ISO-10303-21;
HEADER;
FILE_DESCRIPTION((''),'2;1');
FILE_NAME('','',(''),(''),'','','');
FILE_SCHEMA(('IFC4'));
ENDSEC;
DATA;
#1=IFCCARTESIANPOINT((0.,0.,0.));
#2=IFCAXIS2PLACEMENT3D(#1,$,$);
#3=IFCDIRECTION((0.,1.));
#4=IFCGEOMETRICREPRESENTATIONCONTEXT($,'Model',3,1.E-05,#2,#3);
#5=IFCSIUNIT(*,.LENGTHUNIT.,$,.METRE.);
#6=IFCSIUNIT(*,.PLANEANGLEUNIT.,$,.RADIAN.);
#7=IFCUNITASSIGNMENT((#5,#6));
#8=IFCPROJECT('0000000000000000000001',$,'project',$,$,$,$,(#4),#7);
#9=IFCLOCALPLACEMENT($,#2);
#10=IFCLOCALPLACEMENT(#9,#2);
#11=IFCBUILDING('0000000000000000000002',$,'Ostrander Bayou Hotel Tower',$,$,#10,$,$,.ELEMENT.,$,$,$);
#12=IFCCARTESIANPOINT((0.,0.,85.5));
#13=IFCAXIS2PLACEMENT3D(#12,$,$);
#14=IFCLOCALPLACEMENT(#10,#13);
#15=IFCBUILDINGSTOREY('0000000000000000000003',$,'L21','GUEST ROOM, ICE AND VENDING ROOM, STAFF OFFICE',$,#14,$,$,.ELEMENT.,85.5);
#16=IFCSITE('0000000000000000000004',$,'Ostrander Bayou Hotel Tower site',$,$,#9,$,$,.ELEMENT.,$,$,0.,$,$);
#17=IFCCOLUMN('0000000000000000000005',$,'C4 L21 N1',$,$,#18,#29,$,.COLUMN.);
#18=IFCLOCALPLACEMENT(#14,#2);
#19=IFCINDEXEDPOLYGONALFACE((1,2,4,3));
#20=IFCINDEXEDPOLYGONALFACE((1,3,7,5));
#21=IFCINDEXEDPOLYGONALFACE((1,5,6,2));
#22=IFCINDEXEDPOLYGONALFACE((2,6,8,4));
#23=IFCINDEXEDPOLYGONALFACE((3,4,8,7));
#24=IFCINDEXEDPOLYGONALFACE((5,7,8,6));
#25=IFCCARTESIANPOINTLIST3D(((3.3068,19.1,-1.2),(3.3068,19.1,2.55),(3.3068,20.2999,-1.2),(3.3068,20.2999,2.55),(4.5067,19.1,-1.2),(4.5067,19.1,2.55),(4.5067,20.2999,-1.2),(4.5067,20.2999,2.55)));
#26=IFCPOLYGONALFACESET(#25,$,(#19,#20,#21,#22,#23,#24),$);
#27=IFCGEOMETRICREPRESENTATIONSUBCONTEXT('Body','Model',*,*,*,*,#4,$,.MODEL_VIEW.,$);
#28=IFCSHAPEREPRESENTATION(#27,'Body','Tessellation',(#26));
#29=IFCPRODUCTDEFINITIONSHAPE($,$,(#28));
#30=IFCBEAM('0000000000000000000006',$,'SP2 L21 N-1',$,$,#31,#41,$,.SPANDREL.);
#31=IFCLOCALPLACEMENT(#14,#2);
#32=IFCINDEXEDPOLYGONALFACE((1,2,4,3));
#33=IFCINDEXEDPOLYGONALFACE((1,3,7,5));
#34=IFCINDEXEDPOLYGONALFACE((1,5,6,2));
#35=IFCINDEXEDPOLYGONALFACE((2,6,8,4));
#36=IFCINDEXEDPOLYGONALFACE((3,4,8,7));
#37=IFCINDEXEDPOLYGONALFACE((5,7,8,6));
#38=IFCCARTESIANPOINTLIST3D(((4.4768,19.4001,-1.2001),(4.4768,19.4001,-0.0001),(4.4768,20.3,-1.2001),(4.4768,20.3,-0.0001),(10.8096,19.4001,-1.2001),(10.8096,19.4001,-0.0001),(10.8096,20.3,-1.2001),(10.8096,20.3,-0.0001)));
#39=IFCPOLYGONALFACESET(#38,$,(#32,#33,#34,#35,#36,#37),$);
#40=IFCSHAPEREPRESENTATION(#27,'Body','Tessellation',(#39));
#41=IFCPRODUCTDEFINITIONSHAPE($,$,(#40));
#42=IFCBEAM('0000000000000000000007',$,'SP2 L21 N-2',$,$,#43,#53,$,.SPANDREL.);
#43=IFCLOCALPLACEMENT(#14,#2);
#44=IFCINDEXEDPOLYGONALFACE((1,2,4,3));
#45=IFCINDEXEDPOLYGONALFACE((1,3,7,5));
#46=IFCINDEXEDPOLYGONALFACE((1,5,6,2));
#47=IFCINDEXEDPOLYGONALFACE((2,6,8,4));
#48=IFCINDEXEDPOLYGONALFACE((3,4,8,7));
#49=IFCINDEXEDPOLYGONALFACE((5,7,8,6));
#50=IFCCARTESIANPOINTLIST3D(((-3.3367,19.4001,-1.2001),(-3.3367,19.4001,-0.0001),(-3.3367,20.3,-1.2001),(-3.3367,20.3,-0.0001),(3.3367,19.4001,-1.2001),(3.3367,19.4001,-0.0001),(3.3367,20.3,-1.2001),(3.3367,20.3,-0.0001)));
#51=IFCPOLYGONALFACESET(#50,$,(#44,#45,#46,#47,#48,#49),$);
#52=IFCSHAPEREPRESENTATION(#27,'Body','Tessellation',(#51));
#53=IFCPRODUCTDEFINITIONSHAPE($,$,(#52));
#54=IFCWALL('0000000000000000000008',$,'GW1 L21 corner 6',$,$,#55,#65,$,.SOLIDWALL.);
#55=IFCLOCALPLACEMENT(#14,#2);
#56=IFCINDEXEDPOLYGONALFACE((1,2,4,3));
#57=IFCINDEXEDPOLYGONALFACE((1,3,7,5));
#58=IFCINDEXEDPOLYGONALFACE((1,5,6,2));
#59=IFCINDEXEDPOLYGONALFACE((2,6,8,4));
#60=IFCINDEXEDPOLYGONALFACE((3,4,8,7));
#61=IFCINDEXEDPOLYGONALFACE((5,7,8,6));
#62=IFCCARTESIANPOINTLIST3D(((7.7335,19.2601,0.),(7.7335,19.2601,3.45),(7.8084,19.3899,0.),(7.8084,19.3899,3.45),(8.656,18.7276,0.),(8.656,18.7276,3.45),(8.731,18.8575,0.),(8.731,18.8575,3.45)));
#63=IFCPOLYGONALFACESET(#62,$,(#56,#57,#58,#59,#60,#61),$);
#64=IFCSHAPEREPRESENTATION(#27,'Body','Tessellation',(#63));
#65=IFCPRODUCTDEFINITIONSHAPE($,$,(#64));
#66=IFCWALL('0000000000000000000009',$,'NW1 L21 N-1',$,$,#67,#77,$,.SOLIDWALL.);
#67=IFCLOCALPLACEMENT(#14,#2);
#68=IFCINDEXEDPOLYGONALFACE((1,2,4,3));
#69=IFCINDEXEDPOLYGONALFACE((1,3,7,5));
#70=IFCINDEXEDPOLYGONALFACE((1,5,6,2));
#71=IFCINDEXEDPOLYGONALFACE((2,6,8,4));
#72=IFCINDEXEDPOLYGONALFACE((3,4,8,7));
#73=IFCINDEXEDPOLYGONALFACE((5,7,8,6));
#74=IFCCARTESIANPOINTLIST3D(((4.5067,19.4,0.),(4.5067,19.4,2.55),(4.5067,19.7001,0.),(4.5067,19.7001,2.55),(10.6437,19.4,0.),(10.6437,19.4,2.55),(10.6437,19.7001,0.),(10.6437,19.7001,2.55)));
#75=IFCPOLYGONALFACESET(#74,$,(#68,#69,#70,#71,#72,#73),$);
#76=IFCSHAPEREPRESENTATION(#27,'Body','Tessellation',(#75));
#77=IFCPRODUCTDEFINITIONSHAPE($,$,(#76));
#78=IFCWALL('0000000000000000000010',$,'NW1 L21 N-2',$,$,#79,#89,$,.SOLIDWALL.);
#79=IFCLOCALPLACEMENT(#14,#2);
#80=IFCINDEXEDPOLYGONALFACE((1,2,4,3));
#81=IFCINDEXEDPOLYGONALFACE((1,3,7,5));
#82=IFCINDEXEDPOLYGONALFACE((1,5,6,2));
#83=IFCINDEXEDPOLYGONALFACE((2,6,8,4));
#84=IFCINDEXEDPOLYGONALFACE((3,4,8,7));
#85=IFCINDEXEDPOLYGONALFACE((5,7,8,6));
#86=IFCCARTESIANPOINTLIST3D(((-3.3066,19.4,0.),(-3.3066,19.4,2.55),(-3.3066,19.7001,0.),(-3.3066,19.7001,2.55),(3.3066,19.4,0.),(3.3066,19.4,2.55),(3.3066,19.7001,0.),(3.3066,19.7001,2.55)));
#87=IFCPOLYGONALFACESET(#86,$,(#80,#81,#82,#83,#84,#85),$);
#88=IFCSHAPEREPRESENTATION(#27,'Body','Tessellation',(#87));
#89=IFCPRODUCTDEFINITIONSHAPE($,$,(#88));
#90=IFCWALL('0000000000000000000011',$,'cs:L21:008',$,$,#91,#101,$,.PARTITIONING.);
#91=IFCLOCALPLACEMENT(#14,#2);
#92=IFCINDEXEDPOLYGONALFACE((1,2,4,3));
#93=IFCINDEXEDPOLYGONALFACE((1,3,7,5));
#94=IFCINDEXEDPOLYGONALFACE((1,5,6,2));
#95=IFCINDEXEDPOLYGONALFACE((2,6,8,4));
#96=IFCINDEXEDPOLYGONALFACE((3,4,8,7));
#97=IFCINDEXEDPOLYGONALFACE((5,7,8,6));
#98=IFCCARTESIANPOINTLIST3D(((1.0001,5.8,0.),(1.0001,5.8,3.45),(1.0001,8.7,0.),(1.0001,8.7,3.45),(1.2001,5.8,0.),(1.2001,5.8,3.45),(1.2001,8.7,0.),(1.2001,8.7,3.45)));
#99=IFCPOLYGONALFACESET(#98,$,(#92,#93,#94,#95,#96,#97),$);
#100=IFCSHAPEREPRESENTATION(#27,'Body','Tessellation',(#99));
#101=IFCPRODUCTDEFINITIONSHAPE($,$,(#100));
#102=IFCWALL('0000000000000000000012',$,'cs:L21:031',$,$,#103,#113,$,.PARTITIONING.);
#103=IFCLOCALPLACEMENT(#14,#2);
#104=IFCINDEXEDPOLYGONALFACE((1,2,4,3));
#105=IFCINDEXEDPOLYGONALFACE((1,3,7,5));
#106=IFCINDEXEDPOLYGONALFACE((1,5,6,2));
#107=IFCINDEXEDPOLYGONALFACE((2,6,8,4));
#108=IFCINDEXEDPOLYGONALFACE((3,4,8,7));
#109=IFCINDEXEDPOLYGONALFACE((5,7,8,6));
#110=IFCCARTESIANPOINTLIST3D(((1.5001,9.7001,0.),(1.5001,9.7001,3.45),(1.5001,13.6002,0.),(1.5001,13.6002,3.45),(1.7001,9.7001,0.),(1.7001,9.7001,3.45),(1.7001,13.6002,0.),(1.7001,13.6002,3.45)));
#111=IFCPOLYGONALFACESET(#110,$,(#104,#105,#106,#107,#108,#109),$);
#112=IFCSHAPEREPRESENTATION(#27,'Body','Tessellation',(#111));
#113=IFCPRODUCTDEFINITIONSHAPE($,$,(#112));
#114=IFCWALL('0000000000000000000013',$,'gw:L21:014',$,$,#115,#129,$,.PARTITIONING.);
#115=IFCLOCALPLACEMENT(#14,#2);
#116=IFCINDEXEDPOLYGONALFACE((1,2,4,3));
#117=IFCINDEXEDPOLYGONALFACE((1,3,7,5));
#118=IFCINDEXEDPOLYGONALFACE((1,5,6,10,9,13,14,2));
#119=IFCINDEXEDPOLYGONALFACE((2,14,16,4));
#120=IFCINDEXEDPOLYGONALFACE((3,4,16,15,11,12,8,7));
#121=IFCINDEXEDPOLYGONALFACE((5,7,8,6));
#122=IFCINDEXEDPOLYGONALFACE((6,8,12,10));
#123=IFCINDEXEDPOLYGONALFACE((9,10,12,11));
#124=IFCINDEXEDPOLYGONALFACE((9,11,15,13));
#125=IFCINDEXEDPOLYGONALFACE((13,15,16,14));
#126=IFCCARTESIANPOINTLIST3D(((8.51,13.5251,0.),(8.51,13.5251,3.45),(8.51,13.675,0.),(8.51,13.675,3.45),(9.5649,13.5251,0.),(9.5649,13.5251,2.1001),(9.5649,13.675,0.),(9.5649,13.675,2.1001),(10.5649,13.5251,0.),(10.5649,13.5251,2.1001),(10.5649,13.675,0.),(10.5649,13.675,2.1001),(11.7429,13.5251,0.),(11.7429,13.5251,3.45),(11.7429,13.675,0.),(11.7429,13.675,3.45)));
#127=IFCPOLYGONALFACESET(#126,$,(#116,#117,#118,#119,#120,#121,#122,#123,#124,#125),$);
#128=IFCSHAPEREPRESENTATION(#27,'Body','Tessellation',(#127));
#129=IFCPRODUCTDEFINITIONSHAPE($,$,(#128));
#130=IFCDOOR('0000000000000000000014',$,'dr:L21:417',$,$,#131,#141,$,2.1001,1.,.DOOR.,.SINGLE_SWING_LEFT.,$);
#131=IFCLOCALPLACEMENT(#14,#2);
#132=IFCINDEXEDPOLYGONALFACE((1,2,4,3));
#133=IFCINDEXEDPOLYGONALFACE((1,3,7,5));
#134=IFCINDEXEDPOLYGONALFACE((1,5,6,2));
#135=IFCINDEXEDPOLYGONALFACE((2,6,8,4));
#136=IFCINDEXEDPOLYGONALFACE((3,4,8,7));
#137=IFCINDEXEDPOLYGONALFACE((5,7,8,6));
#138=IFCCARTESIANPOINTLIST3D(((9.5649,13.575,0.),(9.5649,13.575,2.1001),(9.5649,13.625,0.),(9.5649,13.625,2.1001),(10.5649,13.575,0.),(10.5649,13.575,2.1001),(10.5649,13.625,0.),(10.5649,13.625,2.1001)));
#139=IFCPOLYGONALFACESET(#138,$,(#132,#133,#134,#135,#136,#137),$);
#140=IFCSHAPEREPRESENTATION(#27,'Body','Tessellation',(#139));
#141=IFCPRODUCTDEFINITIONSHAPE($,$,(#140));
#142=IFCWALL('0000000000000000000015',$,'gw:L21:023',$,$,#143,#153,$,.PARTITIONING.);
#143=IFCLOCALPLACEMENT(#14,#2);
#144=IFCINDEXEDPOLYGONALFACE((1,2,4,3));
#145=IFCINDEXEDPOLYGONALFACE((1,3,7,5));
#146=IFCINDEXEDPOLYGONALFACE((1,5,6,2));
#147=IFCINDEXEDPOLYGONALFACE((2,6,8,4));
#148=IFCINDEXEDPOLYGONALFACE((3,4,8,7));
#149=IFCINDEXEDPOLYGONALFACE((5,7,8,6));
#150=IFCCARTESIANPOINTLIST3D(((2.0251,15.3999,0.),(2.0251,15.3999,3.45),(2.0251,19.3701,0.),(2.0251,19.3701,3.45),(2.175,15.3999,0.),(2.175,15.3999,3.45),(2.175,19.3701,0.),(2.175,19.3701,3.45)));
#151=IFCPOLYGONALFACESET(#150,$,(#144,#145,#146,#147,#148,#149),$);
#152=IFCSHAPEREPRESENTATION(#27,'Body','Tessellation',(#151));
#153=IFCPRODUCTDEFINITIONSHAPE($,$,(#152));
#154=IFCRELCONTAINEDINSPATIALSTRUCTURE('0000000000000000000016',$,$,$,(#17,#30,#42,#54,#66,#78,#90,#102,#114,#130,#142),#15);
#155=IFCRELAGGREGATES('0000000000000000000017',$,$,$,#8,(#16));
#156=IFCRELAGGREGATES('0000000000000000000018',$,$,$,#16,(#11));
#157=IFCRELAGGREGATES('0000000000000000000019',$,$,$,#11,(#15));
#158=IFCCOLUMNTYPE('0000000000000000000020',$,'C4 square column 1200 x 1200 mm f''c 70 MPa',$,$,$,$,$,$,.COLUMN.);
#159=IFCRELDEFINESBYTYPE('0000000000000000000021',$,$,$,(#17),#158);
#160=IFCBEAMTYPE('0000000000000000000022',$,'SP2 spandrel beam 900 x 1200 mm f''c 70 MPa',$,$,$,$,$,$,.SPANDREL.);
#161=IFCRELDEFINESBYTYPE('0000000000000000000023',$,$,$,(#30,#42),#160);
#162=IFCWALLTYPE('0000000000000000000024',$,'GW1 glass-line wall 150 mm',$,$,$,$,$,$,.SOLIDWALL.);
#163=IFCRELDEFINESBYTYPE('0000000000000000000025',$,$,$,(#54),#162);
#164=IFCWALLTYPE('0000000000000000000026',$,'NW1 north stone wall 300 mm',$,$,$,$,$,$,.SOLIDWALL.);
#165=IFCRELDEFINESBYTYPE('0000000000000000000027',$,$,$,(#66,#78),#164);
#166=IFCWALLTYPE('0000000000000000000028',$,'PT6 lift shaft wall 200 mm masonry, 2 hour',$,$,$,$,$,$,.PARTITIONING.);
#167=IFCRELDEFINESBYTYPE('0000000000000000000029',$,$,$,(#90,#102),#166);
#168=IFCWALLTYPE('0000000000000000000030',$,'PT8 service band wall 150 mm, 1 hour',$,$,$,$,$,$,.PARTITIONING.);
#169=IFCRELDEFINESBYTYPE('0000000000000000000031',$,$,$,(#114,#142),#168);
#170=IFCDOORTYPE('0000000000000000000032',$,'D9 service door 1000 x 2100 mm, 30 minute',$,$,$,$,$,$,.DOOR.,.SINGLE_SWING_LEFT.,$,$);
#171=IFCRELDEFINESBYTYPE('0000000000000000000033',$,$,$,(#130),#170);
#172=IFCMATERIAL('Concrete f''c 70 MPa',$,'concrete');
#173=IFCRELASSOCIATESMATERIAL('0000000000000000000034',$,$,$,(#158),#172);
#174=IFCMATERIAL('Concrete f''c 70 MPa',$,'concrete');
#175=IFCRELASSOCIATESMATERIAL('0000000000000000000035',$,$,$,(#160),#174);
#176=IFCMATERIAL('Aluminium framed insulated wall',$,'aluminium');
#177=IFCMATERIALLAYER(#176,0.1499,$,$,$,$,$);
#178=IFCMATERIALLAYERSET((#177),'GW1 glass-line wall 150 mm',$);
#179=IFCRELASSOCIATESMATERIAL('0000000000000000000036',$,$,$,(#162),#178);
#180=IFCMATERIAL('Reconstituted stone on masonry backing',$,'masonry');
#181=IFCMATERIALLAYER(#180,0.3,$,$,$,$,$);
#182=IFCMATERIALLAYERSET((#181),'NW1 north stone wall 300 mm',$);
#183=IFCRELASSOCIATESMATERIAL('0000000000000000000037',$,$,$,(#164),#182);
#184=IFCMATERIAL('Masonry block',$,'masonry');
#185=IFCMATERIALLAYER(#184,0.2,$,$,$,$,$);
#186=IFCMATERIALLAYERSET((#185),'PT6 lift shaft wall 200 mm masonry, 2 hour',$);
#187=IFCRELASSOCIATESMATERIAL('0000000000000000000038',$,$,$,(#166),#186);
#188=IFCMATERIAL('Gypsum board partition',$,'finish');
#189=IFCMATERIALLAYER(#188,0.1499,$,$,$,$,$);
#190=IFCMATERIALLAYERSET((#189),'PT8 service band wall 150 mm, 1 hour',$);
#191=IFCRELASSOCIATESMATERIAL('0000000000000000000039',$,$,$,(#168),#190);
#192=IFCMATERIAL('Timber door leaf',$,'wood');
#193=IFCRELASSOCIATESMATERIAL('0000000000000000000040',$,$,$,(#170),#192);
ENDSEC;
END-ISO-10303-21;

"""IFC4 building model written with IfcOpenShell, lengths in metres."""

from ifc_helpers import new_model, si_unit, direction, frame, frame_2d, origin, origin_2d, place, context, subcontext, project, spatial, rectangle, extrude, material, layer, layer_set, material_profile, profile_set, type_object, element, fill, save


model = new_model("IFC4")

# Units and contexts
model_context = context("Model", 3, precision=1e-05, world=origin(), true_north=direction((0.0, 1.0)))
body_context = subcontext(model_context, "Body", "Model", "MODEL_VIEW")
ifc_project = project(units=[si_unit("LENGTHUNIT", "METRE"), si_unit("PLANEANGLEUNIT", "RADIAN")], contexts=[model_context])

# Site, building, storey
site_placement = place(None, origin())
site = spatial("IfcSite", under=ifc_project, at=site_placement, Name="Ostrander Bayou Hotel Tower site", CompositionType="ELEMENT", RefElevation=0.0)
building_placement = place(site_placement, origin())
building = spatial("IfcBuilding", under=site, at=building_placement, Name="Ostrander Bayou Hotel Tower", CompositionType="ELEMENT")
storey_placement = place(building_placement, frame((0.0, 0.0, 85.5)))
storey = spatial("IfcBuildingStorey", under=building, at=storey_placement, Name="L21", Description="GUEST ROOM, ICE AND VENDING ROOM, STAFF OFFICE", CompositionType="ELEMENT", Elevation=85.5)

# Column
ifc_material_1 = material(Name="Concrete f'c 70 MPa", Category="concrete")
ifc_material_profile_1 = material_profile(ifc_material_1, rectangle(XDim=1.2, YDim=1.2, at=origin_2d()))
ifc_profile_set_1 = profile_set([ifc_material_profile_1], Name="Concrete f'c 70 MPa")
column_type = type_object("IfcColumnType", Name="C4 square column 1200 x 1200 mm f'c 70 MPa", PredefinedType="COLUMN", material=ifc_profile_set_1)
column_placement = place(storey_placement, frame((3.9067, 19.7, -1.2), z_axis=(0.0, 0.0, 1.0), x_axis=(1.0, 0.0, 0.0)))
element("IfcColumn", 1, at=column_placement, inside=storey, type_object=column_type, Name="C4 L21 N1", PredefinedType="COLUMN", context=body_context, shape_type="SweptSolid", body=[
    extrude(rectangle(XDim=1.2, YDim=1.2, at=origin_2d()), origin(), (0.0, 0.0, 1.0), 3.75),
])

# Beams
ifc_material_2 = material(Name="Concrete f'c 70 MPa", Category="concrete")
ifc_material_profile_2 = material_profile(ifc_material_2, rectangle(XDim=0.8999, YDim=1.2, at=origin_2d()))
ifc_profile_set_2 = profile_set([ifc_material_profile_2], Name="Concrete f'c 70 MPa")
beam_type = type_object("IfcBeamType", Name="SP2 spandrel beam 900 x 1200 mm f'c 70 MPa", PredefinedType="SPANDREL", material=ifc_profile_set_2)
beam_1_placement = place(storey_placement, frame((10.8096, 19.8501, -0.6001), z_axis=(-1.0, 0.0, 0.0), x_axis=(0.0, -1.0, 0.0)))
element("IfcBeam", 2, at=beam_1_placement, inside=storey, type_object=beam_type, Name="SP2 L21 N-1", PredefinedType="SPANDREL", context=body_context, shape_type="SweptSolid", body=[
    extrude(rectangle(XDim=0.8999, YDim=1.2, at=origin_2d()), origin(), (0.0, 0.0, 1.0), 6.3328),
])
beam_2_placement = place(storey_placement, frame((3.3367, 19.8501, -0.6001), z_axis=(-1.0, 0.0, 0.0), x_axis=(0.0, -1.0, 0.0)))
element("IfcBeam", 3, at=beam_2_placement, inside=storey, type_object=beam_type, Name="SP2 L21 N-2", PredefinedType="SPANDREL", context=body_context, shape_type="SweptSolid", body=[
    extrude(rectangle(XDim=0.8999, YDim=1.2, at=origin_2d()), origin(), (0.0, 0.0, 1.0), 6.6733),
])

# Walls
ifc_material_3 = material(Name="Aluminium framed insulated wall", Category="aluminium")
ifc_layer_1 = layer(ifc_material_3, 0.1499)
ifc_layer_set_1 = layer_set([ifc_layer_1], Name="GW1 glass-line wall 150 mm")
wall_type_1 = type_object("IfcWallType", Name="GW1 glass-line wall 150 mm", PredefinedType="SOLIDWALL", material=ifc_layer_set_1)
wall_1_placement = place(storey_placement, frame((8.6936, 18.7925, 0.0), z_axis=(0.0, 0.0, 1.0), x_axis=(-0.866105, 0.499861, 0.0)))
element("IfcWall", 4, at=wall_1_placement, inside=storey, type_object=wall_type_1, Name="GW1 L21 corner 6", PredefinedType="SOLIDWALL", context=body_context, shape_type="SweptSolid", body=[
    extrude(rectangle(XDim=1.0652, YDim=0.1499, at=frame_2d((0.5327, 0.0))), origin(), (0.0, 0.0, 1.0), 3.45),
])
ifc_material_4 = material(Name="Reconstituted stone on masonry backing", Category="masonry")
ifc_layer_2 = layer(ifc_material_4, 0.3)
ifc_layer_set_2 = layer_set([ifc_layer_2], Name="NW1 north stone wall 300 mm")
wall_type_2 = type_object("IfcWallType", Name="NW1 north stone wall 300 mm", PredefinedType="SOLIDWALL", material=ifc_layer_set_2)
wall_2_placement = place(storey_placement, frame((10.6436, 19.55, 0.0), z_axis=(0.0, 0.0, 1.0), x_axis=(-1.0, 0.0, 0.0)))
element("IfcWall", 5, at=wall_2_placement, inside=storey, type_object=wall_type_2, Name="NW1 L21 N-1", PredefinedType="SOLIDWALL", context=body_context, shape_type="SweptSolid", body=[
    extrude(rectangle(XDim=6.137, YDim=0.3, at=frame_2d((3.0684, 0.0))), origin(), (0.0, 0.0, 1.0), 2.55),
])
wall_3_placement = place(storey_placement, frame((3.3066, 19.55, 0.0), z_axis=(0.0, 0.0, 1.0), x_axis=(-1.0, 0.0, 0.0)))
element("IfcWall", 6, at=wall_3_placement, inside=storey, type_object=wall_type_2, Name="NW1 L21 N-2", PredefinedType="SOLIDWALL", context=body_context, shape_type="SweptSolid", body=[
    extrude(rectangle(XDim=6.6133, YDim=0.3, at=frame_2d((3.3066, 0.0))), origin(), (0.0, 0.0, 1.0), 2.55),
])

# Walls
ifc_material_5 = material(Name="Masonry block", Category="masonry")
ifc_layer_3 = layer(ifc_material_5, 0.2)
ifc_layer_set_3 = layer_set([ifc_layer_3], Name="PT6 lift shaft wall 200 mm masonry, 2 hour")
wall_type_3 = type_object("IfcWallType", Name="PT6 lift shaft wall 200 mm masonry, 2 hour", PredefinedType="PARTITIONING", material=ifc_layer_set_3)
wall_4_placement = place(storey_placement, frame((1.1001, 5.8, 0.0), z_axis=(0.0, 0.0, 1.0), x_axis=(0.0, 1.0, 0.0)))
element("IfcWall", 7, at=wall_4_placement, inside=storey, type_object=wall_type_3, Name="cs:L21:008", PredefinedType="PARTITIONING", context=body_context, shape_type="SweptSolid", body=[
    extrude(rectangle(XDim=2.8999, YDim=0.2, at=frame_2d((1.45, 0.0))), origin(), (0.0, 0.0, 1.0), 3.45),
])
wall_5_placement = place(storey_placement, frame((1.6001, 9.7, 0.0), z_axis=(0.0, 0.0, 1.0), x_axis=(0.0, 1.0, 0.0)))
element("IfcWall", 8, at=wall_5_placement, inside=storey, type_object=wall_type_3, Name="cs:L21:031", PredefinedType="PARTITIONING", context=body_context, shape_type="SweptSolid", body=[
    extrude(rectangle(XDim=3.9001, YDim=0.2, at=frame_2d((1.9502, 0.0))), origin(), (0.0, 0.0, 1.0), 3.45),
])

# Wall, opening, door
ifc_material_6 = material(Name="Gypsum board partition", Category="finish")
ifc_layer_4 = layer(ifc_material_6, 0.1499)
ifc_layer_set_4 = layer_set([ifc_layer_4], Name="PT8 service band wall 150 mm, 1 hour")
wall_type_4 = type_object("IfcWallType", Name="PT8 service band wall 150 mm, 1 hour", PredefinedType="PARTITIONING", material=ifc_layer_set_4)
wall_6_placement = place(storey_placement, frame((8.51, 13.6001, 0.0), z_axis=(0.0, 0.0, 1.0), x_axis=(1.0, 0.0, 0.0)))
wall_6 = element("IfcWall", 9, at=wall_6_placement, inside=storey, type_object=wall_type_4, Name="gw:L21:014", PredefinedType="PARTITIONING", context=body_context, shape_type="SweptSolid", body=[
    extrude(rectangle(XDim=3.2329, YDim=0.1499, at=frame_2d((1.6165, 0.0))), origin(), (0.0, 0.0, 1.0), 3.45),
])
opening_1_placement = place(wall_6_placement, frame((1.0549, 0.0, 0.0)))
opening_1 = element("IfcOpeningElement", 10, at=opening_1_placement, cuts=wall_6, PredefinedType="OPENING", context=body_context, shape_type="SweptSolid", body=[
    extrude(rectangle(XDim=1.0, YDim=2.1001, at=frame_2d((0.5, 1.05))), frame((0.0, 0.075, 0.0), z_axis=(0.0, -1.0, 0.0), x_axis=(1.0, 0.0, 0.0)), (0.0, 0.0, 1.0), 0.1499),
])
ifc_material_7 = material(Name="Timber door leaf", Category="wood")
door_type_1 = type_object("IfcDoorType", Name="D9 service door 1000 x 2100 mm, 30 minute", OperationType="SINGLE_SWING_LEFT", PredefinedType="DOOR", material=ifc_material_7)
door_1_placement = place(opening_1_placement, origin())
door_1 = element("IfcDoor", 11, at=door_1_placement, inside=storey, type_object=door_type_1, Name="dr:L21:417", OperationType="SINGLE_SWING_LEFT", OverallHeight=2.1001, OverallWidth=1.0, PredefinedType="DOOR", context=body_context, shape_type="SweptSolid", body=[
    extrude(rectangle(XDim=1.0, YDim=2.1001, at=frame_2d((0.5, 1.05))), frame((0.0, 0.0249, 0.0), z_axis=(0.0, -1.0, 0.0), x_axis=(1.0, 0.0, 0.0)), (0.0, 0.0, 1.0), 0.05),
])
fill(opening_1, door_1)

# Wall
wall_7_placement = place(storey_placement, frame((2.1001, 15.3999, 0.0), z_axis=(0.0, 0.0, 1.0), x_axis=(0.0, 1.0, 0.0)))
element("IfcWall", 12, at=wall_7_placement, inside=storey, type_object=wall_type_4, Name="gw:L21:023", PredefinedType="PARTITIONING", context=body_context, shape_type="SweptSolid", body=[
    extrude(rectangle(XDim=3.9702, YDim=0.1499, at=frame_2d((1.9851, 0.0))), origin(), (0.0, 0.0, 1.0), 3.45),
])

save(model, "model.ifc")
